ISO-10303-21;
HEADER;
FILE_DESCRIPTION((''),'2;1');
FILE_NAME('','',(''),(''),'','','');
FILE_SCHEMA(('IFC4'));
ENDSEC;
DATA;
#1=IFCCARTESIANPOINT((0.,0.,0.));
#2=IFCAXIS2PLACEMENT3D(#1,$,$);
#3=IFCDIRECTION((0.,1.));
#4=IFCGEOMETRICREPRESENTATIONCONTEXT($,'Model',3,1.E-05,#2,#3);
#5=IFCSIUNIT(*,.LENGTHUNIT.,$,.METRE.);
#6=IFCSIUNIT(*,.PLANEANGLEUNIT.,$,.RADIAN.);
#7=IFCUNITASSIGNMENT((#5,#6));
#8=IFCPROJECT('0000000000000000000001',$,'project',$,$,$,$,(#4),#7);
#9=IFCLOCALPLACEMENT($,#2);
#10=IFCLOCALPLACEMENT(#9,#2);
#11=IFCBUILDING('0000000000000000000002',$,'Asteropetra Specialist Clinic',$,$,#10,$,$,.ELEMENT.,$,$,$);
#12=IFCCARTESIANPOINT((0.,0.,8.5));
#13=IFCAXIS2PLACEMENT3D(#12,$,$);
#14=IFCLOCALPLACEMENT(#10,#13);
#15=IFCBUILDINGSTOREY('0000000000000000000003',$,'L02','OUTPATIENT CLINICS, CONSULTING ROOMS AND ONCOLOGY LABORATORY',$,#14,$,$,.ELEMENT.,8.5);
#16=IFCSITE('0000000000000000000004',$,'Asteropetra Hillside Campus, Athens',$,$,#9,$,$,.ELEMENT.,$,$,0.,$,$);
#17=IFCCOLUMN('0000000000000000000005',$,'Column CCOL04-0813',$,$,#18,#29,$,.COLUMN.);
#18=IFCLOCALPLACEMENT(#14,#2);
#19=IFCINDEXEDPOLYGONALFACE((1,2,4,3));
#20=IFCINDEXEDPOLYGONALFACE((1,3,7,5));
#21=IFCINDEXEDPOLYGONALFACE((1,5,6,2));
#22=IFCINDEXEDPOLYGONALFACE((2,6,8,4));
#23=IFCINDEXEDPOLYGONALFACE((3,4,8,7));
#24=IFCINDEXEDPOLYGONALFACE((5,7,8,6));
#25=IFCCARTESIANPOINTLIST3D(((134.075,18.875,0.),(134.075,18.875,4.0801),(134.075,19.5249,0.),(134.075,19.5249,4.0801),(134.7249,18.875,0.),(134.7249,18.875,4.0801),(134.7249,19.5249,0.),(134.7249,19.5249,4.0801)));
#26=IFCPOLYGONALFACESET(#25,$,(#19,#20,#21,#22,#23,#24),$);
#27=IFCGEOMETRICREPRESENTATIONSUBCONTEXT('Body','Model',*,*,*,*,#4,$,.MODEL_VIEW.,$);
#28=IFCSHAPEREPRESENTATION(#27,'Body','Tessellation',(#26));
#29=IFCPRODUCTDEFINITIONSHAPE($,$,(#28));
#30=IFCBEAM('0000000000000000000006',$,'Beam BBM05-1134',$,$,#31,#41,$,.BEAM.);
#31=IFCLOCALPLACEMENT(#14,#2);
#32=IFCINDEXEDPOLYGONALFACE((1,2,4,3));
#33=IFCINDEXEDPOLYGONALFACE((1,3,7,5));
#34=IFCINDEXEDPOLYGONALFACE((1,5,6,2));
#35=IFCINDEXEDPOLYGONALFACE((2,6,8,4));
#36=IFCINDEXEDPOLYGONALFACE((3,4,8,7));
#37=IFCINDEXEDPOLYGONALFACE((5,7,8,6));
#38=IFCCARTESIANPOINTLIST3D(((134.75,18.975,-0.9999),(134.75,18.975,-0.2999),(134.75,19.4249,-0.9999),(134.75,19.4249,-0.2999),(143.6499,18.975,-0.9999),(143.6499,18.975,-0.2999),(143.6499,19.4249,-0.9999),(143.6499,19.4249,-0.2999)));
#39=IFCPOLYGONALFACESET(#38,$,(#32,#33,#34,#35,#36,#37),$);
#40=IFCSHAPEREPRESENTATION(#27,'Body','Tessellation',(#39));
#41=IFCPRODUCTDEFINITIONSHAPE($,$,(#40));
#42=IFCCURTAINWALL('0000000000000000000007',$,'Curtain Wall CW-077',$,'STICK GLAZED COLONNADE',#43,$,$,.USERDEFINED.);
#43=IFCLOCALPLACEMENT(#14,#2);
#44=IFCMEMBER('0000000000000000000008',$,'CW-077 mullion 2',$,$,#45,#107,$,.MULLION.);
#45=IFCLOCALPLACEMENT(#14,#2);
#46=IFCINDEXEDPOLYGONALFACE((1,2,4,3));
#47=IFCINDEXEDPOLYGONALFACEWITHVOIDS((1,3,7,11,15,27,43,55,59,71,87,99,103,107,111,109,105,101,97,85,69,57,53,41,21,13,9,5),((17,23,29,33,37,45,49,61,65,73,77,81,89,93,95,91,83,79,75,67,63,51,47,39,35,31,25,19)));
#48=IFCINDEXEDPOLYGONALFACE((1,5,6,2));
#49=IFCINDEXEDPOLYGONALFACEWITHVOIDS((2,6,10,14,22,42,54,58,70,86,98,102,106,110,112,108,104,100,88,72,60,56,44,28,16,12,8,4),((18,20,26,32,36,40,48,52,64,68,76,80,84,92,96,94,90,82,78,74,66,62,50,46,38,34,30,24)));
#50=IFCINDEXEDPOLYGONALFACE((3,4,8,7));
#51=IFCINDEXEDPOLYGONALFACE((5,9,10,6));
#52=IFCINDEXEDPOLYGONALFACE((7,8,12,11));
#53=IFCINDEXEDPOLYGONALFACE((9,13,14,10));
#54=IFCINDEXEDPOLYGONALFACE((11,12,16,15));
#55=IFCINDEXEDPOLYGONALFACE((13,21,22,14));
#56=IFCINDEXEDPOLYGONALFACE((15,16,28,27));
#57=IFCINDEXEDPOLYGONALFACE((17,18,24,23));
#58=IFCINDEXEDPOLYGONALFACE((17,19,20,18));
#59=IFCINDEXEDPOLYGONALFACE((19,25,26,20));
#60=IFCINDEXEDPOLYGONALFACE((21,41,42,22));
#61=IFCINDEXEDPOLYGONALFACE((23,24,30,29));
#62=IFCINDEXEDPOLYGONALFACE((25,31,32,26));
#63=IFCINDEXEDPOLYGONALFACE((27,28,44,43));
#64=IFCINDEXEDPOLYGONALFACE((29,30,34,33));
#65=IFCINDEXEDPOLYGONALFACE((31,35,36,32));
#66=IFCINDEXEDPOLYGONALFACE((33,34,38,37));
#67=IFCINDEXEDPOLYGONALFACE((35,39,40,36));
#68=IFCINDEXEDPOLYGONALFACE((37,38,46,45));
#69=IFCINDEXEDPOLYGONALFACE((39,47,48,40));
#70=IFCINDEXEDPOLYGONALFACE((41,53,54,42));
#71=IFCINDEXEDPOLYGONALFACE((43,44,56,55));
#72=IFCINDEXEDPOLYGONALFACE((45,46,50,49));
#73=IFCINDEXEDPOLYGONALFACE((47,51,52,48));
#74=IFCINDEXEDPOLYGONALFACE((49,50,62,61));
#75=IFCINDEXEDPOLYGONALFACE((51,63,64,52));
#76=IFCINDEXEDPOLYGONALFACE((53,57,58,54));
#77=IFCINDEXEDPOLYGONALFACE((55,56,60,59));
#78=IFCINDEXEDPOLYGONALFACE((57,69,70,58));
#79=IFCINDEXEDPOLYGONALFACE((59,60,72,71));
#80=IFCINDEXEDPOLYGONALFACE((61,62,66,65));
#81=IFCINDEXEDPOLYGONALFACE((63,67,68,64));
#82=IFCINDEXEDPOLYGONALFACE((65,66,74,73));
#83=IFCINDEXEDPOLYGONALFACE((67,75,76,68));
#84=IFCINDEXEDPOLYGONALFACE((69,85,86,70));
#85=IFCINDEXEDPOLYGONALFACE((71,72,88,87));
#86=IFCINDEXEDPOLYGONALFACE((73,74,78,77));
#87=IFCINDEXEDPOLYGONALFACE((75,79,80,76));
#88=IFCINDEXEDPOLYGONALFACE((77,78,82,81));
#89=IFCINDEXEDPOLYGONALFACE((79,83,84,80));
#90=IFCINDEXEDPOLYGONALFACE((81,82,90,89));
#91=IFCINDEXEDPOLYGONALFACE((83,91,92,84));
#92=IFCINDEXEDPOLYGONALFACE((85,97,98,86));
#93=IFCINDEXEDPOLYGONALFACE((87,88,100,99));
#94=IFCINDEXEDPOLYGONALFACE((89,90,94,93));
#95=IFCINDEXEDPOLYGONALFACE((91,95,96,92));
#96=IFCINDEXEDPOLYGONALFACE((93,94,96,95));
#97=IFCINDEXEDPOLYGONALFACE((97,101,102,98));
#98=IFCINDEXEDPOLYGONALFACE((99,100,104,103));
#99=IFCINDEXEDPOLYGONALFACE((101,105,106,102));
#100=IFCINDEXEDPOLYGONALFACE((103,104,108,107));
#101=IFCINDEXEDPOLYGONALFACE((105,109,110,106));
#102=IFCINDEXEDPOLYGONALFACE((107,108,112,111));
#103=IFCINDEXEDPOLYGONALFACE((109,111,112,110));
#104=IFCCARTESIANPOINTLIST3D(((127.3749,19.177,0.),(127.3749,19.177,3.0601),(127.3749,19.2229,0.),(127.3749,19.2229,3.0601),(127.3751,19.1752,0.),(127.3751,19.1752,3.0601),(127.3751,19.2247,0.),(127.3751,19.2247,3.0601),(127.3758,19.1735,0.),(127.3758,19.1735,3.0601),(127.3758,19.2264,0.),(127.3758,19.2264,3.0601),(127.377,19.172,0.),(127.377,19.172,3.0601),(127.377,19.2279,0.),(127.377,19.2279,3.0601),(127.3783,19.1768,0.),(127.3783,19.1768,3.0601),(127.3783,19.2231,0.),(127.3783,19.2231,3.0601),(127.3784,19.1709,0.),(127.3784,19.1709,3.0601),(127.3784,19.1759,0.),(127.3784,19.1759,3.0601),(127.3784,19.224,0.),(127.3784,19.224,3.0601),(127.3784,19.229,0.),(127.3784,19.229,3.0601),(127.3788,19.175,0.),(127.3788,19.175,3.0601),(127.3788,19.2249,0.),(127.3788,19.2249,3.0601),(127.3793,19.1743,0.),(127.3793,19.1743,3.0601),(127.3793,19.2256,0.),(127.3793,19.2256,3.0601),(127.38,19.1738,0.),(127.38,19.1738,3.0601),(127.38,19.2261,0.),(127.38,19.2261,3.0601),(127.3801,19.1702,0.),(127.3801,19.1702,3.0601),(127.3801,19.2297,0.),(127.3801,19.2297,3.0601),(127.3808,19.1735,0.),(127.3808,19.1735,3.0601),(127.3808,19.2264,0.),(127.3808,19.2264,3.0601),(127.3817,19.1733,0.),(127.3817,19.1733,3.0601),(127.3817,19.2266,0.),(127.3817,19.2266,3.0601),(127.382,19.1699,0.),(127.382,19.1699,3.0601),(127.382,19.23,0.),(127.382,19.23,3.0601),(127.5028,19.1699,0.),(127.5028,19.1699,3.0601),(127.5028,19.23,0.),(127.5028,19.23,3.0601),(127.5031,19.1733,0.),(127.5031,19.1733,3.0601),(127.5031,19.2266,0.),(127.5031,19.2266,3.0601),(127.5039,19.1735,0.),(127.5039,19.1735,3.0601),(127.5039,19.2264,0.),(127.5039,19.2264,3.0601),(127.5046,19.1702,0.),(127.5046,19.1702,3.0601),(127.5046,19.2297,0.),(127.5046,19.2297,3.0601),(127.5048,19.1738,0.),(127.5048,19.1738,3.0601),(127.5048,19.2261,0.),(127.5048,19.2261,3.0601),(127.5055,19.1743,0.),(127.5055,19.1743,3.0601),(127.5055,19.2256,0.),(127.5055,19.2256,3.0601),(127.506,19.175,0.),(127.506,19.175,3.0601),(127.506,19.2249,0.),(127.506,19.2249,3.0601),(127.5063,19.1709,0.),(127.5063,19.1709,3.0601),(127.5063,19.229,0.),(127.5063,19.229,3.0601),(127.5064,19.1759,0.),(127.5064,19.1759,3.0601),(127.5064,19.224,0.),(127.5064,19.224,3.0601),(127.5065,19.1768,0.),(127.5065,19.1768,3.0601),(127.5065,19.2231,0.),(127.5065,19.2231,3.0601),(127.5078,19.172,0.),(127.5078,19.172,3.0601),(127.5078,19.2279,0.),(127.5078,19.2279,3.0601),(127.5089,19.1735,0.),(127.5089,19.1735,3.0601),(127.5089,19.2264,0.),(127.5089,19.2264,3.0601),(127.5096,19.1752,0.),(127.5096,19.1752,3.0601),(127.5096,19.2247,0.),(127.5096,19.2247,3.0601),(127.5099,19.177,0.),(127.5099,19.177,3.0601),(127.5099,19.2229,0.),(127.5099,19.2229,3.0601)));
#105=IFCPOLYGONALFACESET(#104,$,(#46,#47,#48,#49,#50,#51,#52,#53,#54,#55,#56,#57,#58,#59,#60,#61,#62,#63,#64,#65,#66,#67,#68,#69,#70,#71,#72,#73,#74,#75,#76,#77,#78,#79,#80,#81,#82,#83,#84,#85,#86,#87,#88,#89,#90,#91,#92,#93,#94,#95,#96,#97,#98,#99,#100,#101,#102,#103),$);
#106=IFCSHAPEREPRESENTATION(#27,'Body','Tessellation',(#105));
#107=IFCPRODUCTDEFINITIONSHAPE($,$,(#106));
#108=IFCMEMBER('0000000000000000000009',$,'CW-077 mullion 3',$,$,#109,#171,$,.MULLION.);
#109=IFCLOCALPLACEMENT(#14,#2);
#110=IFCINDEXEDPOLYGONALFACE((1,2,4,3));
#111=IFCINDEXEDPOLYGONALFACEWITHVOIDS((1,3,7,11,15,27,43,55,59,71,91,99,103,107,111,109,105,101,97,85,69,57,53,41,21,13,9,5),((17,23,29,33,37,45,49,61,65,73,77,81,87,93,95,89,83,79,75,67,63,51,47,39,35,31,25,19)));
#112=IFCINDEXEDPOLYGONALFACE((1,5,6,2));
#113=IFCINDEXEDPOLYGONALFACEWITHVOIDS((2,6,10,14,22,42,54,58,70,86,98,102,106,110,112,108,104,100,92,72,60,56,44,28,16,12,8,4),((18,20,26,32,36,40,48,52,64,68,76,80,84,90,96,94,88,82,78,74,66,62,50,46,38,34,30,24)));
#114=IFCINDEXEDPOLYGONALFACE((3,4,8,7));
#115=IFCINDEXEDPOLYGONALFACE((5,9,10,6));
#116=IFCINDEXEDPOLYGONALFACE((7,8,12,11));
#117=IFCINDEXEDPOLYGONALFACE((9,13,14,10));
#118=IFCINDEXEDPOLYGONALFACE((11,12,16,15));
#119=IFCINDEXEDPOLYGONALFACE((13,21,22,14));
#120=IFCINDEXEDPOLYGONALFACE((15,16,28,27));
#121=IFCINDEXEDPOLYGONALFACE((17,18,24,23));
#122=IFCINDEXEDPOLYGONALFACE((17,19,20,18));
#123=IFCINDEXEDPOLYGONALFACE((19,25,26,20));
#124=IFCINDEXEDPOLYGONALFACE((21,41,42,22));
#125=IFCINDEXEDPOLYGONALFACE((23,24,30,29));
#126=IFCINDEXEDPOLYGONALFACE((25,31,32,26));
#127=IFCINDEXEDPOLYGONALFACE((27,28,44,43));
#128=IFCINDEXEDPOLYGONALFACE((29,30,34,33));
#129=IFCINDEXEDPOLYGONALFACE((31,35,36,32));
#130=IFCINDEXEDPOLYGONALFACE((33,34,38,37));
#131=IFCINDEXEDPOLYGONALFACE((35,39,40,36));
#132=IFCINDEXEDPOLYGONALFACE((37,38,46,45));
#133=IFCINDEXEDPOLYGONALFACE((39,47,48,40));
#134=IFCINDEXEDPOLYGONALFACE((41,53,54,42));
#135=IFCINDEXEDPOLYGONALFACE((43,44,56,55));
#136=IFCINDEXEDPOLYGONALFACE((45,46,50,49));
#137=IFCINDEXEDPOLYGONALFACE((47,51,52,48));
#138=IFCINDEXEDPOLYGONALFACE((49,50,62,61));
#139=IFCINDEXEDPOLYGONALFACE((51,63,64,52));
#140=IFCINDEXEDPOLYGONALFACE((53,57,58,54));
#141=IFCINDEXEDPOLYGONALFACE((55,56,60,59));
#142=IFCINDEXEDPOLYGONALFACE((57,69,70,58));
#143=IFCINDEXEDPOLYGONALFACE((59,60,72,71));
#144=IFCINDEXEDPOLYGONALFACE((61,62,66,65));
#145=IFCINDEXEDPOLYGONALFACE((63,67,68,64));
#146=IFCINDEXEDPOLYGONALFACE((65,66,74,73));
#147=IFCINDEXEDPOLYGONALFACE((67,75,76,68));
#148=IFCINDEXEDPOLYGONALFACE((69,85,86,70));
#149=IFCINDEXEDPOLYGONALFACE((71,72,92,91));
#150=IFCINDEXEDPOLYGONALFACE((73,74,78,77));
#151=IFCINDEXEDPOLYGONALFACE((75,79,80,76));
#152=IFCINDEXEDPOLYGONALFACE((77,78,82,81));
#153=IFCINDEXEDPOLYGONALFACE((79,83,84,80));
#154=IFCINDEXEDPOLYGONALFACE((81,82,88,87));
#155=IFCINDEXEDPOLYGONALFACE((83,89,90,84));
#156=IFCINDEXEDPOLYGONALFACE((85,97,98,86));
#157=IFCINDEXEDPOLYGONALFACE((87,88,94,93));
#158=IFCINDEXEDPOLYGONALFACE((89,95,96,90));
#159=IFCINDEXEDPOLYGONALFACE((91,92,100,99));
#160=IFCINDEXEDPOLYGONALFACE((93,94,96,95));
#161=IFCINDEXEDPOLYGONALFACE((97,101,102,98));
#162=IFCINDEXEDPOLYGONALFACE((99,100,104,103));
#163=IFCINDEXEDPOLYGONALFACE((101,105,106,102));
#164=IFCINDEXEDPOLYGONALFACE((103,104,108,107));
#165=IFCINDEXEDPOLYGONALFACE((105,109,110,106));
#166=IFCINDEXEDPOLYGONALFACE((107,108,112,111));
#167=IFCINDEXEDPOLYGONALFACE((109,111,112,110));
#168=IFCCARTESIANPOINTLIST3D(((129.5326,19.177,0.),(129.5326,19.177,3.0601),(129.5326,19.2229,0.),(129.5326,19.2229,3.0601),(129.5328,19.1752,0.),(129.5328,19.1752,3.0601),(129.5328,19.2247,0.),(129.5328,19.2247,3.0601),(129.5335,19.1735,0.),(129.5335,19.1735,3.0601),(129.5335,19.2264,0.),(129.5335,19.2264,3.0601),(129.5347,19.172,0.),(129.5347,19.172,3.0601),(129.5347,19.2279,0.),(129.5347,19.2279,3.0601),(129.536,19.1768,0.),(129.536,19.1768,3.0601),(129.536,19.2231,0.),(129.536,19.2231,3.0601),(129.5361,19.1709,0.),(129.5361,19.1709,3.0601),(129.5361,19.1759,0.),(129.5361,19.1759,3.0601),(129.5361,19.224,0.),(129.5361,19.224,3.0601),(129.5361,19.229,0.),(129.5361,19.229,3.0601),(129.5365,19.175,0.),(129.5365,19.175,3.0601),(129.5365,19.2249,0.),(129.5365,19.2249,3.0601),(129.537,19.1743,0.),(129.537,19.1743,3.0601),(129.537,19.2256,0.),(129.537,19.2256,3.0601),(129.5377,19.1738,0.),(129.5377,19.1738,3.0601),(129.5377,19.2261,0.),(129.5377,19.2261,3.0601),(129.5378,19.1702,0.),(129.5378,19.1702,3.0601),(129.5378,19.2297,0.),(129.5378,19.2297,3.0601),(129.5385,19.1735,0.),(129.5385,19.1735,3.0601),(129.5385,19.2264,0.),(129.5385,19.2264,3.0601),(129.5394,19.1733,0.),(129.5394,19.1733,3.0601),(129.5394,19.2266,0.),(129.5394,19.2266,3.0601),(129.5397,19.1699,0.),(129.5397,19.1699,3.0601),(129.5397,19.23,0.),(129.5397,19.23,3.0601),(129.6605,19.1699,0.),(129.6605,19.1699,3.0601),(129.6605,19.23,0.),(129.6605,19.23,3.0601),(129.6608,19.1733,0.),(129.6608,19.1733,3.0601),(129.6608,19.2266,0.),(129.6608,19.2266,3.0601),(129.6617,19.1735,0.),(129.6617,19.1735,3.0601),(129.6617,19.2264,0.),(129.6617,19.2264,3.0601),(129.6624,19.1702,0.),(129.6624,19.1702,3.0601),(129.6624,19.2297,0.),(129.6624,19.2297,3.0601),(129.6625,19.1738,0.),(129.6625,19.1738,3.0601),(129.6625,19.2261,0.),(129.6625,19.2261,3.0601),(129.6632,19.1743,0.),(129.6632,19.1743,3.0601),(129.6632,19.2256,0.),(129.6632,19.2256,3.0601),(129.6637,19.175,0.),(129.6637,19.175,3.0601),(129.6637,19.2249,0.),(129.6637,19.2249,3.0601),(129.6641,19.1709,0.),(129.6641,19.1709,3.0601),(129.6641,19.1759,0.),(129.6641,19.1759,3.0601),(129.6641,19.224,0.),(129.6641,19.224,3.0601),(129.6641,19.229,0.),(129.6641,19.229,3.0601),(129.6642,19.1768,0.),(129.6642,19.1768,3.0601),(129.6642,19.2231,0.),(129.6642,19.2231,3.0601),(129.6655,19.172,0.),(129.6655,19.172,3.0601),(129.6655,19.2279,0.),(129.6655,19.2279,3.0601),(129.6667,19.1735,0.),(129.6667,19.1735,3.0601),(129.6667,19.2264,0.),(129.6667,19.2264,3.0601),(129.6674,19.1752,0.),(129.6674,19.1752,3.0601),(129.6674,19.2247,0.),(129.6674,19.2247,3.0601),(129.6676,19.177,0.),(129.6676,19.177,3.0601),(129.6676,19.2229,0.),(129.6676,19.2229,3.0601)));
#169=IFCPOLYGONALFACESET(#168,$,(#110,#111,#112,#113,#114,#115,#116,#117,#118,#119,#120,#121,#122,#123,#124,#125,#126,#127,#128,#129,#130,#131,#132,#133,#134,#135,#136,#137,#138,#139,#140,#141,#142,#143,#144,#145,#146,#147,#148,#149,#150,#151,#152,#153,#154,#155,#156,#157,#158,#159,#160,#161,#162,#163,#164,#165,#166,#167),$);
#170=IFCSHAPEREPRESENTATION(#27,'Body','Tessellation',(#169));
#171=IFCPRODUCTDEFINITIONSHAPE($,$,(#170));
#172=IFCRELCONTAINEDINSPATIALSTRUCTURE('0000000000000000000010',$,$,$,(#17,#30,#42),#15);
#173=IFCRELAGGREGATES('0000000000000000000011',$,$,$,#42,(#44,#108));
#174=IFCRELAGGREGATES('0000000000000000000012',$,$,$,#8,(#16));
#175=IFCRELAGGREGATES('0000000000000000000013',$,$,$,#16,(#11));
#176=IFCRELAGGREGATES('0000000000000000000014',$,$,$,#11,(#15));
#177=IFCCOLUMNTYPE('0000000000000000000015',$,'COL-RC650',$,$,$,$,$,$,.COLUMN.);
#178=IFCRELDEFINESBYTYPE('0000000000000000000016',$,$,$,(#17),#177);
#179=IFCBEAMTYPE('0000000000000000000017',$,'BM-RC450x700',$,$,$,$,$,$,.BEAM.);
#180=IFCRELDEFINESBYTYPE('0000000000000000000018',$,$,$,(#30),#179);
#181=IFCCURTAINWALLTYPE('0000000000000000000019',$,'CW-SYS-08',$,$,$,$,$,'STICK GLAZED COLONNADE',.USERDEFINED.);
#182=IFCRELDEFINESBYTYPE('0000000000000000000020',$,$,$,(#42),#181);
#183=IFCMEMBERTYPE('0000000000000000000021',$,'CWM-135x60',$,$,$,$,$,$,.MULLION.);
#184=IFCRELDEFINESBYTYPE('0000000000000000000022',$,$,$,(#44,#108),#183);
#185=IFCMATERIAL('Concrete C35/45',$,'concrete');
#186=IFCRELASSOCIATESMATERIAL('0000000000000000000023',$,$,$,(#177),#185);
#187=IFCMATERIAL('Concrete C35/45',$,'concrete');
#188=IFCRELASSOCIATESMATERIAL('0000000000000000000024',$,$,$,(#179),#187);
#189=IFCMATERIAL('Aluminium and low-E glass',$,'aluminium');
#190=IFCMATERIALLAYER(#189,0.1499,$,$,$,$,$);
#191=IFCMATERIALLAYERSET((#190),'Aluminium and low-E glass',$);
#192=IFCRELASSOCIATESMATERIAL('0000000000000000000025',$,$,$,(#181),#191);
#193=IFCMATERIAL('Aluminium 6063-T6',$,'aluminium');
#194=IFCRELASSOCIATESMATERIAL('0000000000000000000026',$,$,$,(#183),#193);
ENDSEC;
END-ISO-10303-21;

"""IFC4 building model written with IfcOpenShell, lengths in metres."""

from ifc_helpers import new_model, si_unit, direction, frame, origin, origin_2d, place, context, subcontext, project, spatial, rectangle, hollow_rectangle, extrude, material, layer, layer_set, material_profile, profile_set, type_object, element, aggregate, save


model = new_model("IFC4")

# Units and contexts
model_context = context("Model", 3, precision=1e-05, world=origin(), true_north=direction((0.0, 1.0)))
body_context = subcontext(model_context, "Body", "Model", "MODEL_VIEW")
ifc_project = project(units=[si_unit("LENGTHUNIT", "METRE"), si_unit("PLANEANGLEUNIT", "RADIAN")], contexts=[model_context])

# Site, building, storey
site_placement = place(None, origin())
site = spatial("IfcSite", under=ifc_project, at=site_placement, Name="Asteropetra Hillside Campus, Athens", CompositionType="ELEMENT", RefElevation=0.0)
building_placement = place(site_placement, origin())
building = spatial("IfcBuilding", under=site, at=building_placement, Name="Asteropetra Specialist Clinic", CompositionType="ELEMENT")
storey_placement = place(building_placement, frame((0.0, 0.0, 8.5)))
storey = spatial("IfcBuildingStorey", under=building, at=storey_placement, Name="L02", Description="OUTPATIENT CLINICS, CONSULTING ROOMS AND ONCOLOGY LABORATORY", CompositionType="ELEMENT", Elevation=8.5)

# Column
ifc_material_1 = material(Name="Concrete C35/45", Category="concrete")
ifc_material_profile_1 = material_profile(ifc_material_1, rectangle(XDim=0.6499, YDim=0.6499, at=origin_2d()), Name="RC 650x650")
ifc_profile_set_1 = profile_set([ifc_material_profile_1], Name="Concrete C35/45")
column_type = type_object("IfcColumnType", Name="COL-RC650", PredefinedType="COLUMN", material=ifc_profile_set_1)
column_placement = place(storey_placement, frame((134.3999, 19.2, 0.0), z_axis=(0.0, 0.0, 1.0), x_axis=(1.0, 0.0, 0.0)))
element("IfcColumn", 1, at=column_placement, inside=storey, type_object=column_type, Name="Column CCOL04-0813", PredefinedType="COLUMN", context=body_context, shape_type="SweptSolid", body=[
    extrude(rectangle(XDim=0.6499, YDim=0.6499, at=origin_2d()), origin(), (0.0, 0.0, 1.0), 4.0801),
])

# Beam
ifc_material_2 = material(Name="Concrete C35/45", Category="concrete")
ifc_material_profile_2 = material_profile(ifc_material_2, rectangle(XDim=0.45, YDim=0.7, at=origin_2d()), Name="RCB 450x700")
ifc_profile_set_2 = profile_set([ifc_material_profile_2], Name="Concrete C35/45")
beam_type_1 = type_object("IfcBeamType", Name="BM-RC450x700", PredefinedType="BEAM", material=ifc_profile_set_2)
beam_1_placement = place(storey_placement, frame((134.75, 19.2, -0.6499), z_axis=(1.0, 0.0, 0.0), x_axis=(0.0, 1.0, 0.0)))
element("IfcBeam", 2, at=beam_1_placement, inside=storey, type_object=beam_type_1, Name="Beam BBM05-1134", PredefinedType="BEAM", context=body_context, shape_type="SweptSolid", body=[
    extrude(rectangle(XDim=0.45, YDim=0.7, at=origin_2d()), origin(), (0.0, 0.0, 1.0), 8.8999),
])

# Curtain wall, members
ifc_material_3 = material(Name="Aluminium and low-E glass", Category="aluminium")
ifc_layer_1 = layer(ifc_material_3, 0.1499)
ifc_layer_set_1 = layer_set([ifc_layer_1], Name="Aluminium and low-E glass")
curtain_wall_type = type_object("IfcCurtainWallType", Name="CW-SYS-08", ElementType="STICK GLAZED COLONNADE", PredefinedType="USERDEFINED", material=ifc_layer_set_1)
curtain_wall_placement = place(storey_placement, origin())
curtain_wall = element("IfcCurtainWall", 3, at=curtain_wall_placement, inside=storey, type_object=curtain_wall_type, Name="Curtain Wall CW-077", ObjectType="STICK GLAZED COLONNADE", PredefinedType="USERDEFINED")
ifc_material_4 = material(Name="Aluminium 6063-T6", Category="aluminium")
ifc_material_profile_3 = material_profile(ifc_material_4, hollow_rectangle(XDim=0.0601, YDim=0.135, WallThickness=0.0034, InnerFilletRadius=0.0034, OuterFilletRadius=0.0071, at=origin_2d()), Name="MUL 135x60x3.5")
ifc_profile_set_3 = profile_set([ifc_material_profile_3], Name="Aluminium 6063-T6")
member_type_1 = type_object("IfcMemberType", Name="CWM-135x60", PredefinedType="MULLION", material=ifc_profile_set_3)
member_1_placement = place(storey_placement, frame((127.4424, 19.2, 0.0), z_axis=(0.0, 0.0, 1.0), x_axis=(0.0, 1.0, 0.0)))
member_1 = element("IfcMember", 4, at=member_1_placement, type_object=member_type_1, Name="CW-077 mullion 2", PredefinedType="MULLION", context=body_context, shape_type="SweptSolid", body=[
    extrude(hollow_rectangle(XDim=0.0601, YDim=0.135, WallThickness=0.0034, InnerFilletRadius=0.0034, OuterFilletRadius=0.0071, at=origin_2d()), origin(), (0.0, 0.0, 1.0), 3.0601),
])
member_2_placement = place(storey_placement, frame((129.6001, 19.2, 0.0), z_axis=(0.0, 0.0, 1.0), x_axis=(0.0, 1.0, 0.0)))
member_2 = element("IfcMember", 5, at=member_2_placement, type_object=member_type_1, Name="CW-077 mullion 3", PredefinedType="MULLION", context=body_context, shape_type="SweptSolid", body=[
    extrude(hollow_rectangle(XDim=0.0601, YDim=0.135, WallThickness=0.0034, InnerFilletRadius=0.0034, OuterFilletRadius=0.0071, at=origin_2d()), origin(), (0.0, 0.0, 1.0), 3.0601),
])

aggregate(curtain_wall, [member_1, member_2])

save(model, "model.ifc")
